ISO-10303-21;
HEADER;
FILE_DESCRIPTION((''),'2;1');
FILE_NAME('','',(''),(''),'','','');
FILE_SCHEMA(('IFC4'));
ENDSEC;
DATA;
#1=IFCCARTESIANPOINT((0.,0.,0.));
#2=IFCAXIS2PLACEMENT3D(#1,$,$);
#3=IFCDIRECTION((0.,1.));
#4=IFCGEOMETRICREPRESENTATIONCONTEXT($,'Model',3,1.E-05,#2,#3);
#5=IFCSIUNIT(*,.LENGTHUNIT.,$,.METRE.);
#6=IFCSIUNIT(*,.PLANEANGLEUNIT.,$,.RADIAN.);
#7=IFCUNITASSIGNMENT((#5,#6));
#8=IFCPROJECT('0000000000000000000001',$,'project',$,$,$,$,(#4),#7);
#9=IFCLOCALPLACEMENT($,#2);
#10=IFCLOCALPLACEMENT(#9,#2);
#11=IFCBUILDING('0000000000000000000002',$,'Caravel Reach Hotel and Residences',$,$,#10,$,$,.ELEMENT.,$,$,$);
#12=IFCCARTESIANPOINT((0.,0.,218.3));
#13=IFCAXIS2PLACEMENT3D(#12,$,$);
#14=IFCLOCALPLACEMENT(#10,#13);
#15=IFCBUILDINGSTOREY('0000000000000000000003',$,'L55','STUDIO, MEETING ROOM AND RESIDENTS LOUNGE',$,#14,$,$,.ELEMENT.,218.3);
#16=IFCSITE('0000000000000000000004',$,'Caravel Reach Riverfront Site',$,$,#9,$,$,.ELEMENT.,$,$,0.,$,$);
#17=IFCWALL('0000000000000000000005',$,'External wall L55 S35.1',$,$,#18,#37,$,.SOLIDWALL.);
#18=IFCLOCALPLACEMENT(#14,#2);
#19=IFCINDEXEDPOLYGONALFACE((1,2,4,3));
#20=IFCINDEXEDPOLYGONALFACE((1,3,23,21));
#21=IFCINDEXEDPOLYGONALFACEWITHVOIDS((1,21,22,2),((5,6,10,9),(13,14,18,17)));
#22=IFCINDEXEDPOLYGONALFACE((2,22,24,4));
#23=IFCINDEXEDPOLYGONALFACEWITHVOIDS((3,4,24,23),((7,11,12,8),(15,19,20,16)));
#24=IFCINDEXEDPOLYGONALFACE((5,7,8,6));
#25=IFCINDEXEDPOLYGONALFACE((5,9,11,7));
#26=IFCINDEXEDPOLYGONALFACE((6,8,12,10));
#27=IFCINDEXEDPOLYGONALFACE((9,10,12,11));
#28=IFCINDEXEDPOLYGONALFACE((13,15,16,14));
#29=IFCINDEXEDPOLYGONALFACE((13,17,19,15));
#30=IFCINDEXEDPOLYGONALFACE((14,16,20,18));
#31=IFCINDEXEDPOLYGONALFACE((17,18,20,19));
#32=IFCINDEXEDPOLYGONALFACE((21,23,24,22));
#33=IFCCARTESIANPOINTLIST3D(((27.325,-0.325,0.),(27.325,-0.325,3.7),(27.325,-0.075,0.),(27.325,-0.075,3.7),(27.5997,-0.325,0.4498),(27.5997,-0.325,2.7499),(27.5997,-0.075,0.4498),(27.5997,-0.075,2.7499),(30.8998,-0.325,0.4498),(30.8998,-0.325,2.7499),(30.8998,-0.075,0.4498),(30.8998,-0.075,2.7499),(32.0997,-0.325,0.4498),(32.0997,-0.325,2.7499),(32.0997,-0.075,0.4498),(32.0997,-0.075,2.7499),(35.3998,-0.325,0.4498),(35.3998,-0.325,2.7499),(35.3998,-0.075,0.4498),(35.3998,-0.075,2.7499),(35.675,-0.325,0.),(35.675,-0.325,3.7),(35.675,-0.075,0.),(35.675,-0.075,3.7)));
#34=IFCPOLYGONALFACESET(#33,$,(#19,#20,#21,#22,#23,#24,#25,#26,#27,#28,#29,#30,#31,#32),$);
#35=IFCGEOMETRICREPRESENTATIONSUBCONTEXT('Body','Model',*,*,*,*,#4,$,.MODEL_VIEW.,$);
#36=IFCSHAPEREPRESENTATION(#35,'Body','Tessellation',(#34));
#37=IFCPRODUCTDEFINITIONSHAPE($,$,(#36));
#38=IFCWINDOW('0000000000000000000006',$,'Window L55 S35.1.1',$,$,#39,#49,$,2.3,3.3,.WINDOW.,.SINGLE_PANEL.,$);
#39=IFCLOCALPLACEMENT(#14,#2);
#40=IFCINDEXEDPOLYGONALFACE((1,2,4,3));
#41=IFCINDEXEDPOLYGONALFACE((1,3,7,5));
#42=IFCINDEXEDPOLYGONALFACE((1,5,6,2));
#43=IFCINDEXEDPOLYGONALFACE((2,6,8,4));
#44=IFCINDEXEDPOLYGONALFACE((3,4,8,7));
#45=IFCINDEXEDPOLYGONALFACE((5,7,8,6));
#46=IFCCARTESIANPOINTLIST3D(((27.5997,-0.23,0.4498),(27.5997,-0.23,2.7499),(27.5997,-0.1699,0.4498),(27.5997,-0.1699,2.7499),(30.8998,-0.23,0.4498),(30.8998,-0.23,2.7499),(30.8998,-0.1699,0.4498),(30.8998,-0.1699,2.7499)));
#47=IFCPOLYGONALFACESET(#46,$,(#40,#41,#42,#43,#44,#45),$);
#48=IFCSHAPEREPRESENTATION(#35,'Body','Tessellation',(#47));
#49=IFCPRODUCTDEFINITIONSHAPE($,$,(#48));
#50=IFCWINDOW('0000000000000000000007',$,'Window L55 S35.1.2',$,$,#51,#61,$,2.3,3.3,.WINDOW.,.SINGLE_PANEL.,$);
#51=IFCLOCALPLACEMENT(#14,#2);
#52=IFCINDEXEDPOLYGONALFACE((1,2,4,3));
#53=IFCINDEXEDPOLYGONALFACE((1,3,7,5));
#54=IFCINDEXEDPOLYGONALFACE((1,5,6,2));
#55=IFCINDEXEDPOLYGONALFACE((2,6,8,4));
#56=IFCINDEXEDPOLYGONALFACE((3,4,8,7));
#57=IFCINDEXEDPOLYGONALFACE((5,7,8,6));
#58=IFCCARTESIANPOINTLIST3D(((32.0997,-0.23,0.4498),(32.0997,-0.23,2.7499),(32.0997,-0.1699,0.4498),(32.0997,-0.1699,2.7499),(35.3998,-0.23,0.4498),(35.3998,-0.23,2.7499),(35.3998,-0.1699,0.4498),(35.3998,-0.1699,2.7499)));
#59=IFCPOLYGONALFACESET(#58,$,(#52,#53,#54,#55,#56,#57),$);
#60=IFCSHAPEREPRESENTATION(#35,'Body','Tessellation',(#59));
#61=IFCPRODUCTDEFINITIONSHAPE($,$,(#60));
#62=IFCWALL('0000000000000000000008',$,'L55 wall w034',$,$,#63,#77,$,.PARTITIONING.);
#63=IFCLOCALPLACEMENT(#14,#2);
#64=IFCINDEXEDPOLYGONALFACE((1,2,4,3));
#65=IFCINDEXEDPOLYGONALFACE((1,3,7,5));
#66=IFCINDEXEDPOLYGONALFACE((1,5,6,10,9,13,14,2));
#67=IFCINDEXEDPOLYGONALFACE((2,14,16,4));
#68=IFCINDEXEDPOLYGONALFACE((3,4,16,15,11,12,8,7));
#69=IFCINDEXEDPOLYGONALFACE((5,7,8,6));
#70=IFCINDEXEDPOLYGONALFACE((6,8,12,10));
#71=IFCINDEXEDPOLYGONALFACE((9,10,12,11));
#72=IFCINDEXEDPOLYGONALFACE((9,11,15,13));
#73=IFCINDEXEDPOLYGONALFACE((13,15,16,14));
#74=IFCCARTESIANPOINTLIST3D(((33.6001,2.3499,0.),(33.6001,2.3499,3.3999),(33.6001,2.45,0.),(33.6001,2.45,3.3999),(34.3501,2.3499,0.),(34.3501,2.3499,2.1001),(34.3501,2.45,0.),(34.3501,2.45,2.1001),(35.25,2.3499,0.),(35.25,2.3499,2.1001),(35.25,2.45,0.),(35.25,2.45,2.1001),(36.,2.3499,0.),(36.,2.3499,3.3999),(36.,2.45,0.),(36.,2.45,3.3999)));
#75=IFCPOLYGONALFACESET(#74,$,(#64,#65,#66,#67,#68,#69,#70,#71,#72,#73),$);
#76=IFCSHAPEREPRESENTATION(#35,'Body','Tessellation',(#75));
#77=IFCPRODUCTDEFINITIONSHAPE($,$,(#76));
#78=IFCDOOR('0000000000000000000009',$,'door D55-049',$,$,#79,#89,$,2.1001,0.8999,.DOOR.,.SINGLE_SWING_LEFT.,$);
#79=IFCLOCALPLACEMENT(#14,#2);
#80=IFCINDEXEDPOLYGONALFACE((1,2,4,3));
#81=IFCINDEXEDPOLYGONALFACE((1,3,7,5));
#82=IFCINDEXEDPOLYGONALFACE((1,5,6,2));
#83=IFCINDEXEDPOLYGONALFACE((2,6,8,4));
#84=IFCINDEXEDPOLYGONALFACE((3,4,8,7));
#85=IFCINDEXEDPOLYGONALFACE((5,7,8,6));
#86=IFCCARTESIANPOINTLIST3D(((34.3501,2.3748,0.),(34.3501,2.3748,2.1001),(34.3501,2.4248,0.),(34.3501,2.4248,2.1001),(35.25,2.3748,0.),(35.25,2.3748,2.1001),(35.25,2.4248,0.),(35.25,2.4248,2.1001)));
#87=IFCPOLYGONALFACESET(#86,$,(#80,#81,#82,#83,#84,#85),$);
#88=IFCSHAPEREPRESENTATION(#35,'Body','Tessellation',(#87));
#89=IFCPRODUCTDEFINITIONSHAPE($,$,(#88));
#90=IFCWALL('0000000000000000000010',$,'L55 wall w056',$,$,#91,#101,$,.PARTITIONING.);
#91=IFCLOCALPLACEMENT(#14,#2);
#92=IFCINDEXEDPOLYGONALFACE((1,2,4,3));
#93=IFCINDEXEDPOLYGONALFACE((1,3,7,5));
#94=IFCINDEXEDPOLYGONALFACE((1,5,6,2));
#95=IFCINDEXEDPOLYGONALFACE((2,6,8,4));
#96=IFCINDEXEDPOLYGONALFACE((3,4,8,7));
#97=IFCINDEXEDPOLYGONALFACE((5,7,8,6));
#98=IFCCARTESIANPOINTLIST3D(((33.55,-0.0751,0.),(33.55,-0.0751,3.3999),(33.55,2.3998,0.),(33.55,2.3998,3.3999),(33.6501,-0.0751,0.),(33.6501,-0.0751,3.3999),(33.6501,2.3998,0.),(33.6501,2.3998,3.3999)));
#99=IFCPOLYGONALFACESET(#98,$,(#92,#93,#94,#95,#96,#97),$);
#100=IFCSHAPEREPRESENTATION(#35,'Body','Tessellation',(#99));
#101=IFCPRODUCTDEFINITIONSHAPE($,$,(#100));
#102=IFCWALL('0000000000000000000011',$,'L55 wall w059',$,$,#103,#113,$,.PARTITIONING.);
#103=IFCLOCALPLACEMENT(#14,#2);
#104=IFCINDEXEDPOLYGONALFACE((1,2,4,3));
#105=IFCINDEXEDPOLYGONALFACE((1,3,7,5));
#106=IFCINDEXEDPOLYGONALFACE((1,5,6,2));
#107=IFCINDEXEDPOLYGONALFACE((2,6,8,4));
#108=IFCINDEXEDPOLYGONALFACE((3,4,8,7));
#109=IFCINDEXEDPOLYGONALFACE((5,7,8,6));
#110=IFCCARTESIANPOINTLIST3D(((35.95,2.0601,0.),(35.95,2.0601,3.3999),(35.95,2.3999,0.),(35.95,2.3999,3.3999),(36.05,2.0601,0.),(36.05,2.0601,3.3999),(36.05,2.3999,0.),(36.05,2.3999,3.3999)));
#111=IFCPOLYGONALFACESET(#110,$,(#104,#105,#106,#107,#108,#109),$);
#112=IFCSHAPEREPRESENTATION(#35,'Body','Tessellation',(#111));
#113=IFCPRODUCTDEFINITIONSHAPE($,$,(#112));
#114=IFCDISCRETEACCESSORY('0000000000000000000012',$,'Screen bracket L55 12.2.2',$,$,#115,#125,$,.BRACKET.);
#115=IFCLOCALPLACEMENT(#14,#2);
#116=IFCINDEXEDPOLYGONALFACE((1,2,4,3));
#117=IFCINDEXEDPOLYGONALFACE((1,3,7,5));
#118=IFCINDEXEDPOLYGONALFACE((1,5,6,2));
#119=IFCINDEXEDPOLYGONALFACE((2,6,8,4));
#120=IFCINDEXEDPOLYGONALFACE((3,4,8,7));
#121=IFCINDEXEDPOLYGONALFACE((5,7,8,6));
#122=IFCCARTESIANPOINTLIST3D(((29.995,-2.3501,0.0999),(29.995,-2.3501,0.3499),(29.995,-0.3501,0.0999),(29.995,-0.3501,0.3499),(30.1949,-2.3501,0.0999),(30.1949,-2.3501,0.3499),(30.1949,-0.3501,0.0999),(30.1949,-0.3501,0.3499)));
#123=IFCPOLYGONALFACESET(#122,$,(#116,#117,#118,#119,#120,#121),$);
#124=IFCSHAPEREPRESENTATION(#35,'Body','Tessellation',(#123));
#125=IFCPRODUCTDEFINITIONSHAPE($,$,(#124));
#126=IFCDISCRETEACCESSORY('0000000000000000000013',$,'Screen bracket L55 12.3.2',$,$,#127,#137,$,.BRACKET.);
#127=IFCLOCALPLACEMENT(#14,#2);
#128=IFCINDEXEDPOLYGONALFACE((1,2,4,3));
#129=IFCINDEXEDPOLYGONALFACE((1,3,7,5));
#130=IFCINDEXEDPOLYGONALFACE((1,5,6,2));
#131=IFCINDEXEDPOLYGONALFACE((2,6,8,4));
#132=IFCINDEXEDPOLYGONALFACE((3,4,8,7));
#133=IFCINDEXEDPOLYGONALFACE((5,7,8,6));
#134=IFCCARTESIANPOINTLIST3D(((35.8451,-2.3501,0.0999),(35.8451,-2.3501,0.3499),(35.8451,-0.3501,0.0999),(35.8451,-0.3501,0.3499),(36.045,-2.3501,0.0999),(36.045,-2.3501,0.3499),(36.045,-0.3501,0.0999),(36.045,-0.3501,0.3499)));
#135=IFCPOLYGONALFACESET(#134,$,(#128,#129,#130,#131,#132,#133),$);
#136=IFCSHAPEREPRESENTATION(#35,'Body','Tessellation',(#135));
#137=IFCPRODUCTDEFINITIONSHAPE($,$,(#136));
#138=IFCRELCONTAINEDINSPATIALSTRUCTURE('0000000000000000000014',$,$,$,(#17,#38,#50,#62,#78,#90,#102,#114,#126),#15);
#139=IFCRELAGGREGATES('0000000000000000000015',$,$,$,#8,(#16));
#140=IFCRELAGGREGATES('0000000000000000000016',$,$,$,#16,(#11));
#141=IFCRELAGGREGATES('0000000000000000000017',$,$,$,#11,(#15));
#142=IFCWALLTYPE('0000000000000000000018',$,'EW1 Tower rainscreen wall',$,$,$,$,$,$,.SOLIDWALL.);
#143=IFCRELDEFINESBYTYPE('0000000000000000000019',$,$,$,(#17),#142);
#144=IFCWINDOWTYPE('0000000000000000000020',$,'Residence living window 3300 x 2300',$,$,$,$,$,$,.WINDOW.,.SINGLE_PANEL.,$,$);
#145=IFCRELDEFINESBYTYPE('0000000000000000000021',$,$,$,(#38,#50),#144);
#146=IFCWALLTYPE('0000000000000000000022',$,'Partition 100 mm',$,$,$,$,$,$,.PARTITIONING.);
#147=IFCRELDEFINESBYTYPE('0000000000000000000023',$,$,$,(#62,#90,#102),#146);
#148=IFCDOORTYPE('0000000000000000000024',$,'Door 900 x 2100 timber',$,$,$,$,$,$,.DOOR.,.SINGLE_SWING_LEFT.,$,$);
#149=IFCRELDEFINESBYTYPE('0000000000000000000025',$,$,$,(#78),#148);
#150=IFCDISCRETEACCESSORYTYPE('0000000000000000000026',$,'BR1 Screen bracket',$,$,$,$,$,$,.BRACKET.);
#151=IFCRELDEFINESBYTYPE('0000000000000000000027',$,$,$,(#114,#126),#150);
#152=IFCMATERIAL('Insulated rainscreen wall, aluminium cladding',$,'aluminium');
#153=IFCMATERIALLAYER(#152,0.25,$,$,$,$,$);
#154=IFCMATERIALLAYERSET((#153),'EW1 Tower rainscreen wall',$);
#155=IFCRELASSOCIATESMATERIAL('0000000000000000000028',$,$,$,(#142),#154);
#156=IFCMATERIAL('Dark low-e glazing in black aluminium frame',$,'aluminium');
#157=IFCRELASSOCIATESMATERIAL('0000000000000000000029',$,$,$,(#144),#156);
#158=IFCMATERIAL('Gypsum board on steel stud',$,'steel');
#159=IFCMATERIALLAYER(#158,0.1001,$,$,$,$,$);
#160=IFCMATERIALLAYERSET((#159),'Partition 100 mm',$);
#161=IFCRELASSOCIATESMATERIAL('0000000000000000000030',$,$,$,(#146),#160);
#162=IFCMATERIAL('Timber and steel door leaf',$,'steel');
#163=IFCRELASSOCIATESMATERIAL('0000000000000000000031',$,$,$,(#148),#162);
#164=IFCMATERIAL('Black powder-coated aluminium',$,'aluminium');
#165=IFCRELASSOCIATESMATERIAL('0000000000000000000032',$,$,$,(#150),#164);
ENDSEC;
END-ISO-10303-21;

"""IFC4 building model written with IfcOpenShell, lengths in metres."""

from ifc_helpers import new_model, si_unit, direction, frame, frame_2d, origin, origin_2d, place, context, subcontext, project, spatial, rectangle, extrude, material, layer, layer_set, type_object, element, fill, save


model = new_model("IFC4")

# Units and contexts
model_context = context("Model", 3, precision=1e-05, world=origin(), true_north=direction((0.0, 1.0)))
body_context = subcontext(model_context, "Body", "Model", "MODEL_VIEW")
ifc_project = project(units=[si_unit("LENGTHUNIT", "METRE"), si_unit("PLANEANGLEUNIT", "RADIAN")], contexts=[model_context])

# Site, building, storey
site_placement = place(None, origin())
site = spatial("IfcSite", under=ifc_project, at=site_placement, Name="Caravel Reach Riverfront Site", CompositionType="ELEMENT", RefElevation=0.0)
building_placement = place(site_placement, origin())
building = spatial("IfcBuilding", under=site, at=building_placement, Name="Caravel Reach Hotel and Residences", CompositionType="ELEMENT")
storey_placement = place(building_placement, frame((0.0, 0.0, 218.3)))
storey = spatial("IfcBuildingStorey", under=building, at=storey_placement, Name="L55", Description="STUDIO, MEETING ROOM AND RESIDENTS LOUNGE", CompositionType="ELEMENT", Elevation=218.3)

# Shared definitions
ifc_material_1 = material(Name="Insulated rainscreen wall, aluminium cladding", Category="aluminium")
ifc_layer_1 = layer(ifc_material_1, 0.25)
ifc_layer_set_1 = layer_set([ifc_layer_1], Name="EW1 Tower rainscreen wall")
wall_type_1 = type_object("IfcWallType", Name="EW1 Tower rainscreen wall", PredefinedType="SOLIDWALL", material=ifc_layer_set_1)

# Wall, openings, windows
wall_1_placement = place(storey_placement, frame((27.325, -0.2, 0.0), z_axis=(0.0, 0.0, 1.0), x_axis=(1.0, 0.0, 0.0)))
wall_1 = element("IfcWall", 1, at=wall_1_placement, inside=storey, type_object=wall_type_1, Name="External wall L55 S35.1", PredefinedType="SOLIDWALL", context=body_context, shape_type="SweptSolid", body=[
    extrude(rectangle(XDim=8.3501, YDim=0.25, at=frame_2d((4.175, 0.0))), origin(), (0.0, 0.0, 1.0), 3.7),
])
opening_1_placement = place(wall_1_placement, frame((0.2749, 0.0, 0.45)))
opening_1 = element("IfcOpeningElement", 2, at=opening_1_placement, cuts=wall_1, PredefinedType="OPENING", context=body_context, shape_type="SweptSolid", body=[
    extrude(rectangle(XDim=3.3, YDim=2.3, at=frame_2d((1.6499, 1.1499))), frame((0.0, 0.135, 0.0), z_axis=(0.0, -1.0, 0.0), x_axis=(1.0, 0.0, 0.0)), (0.0, 0.0, 1.0), 0.27),
])
opening_2_placement = place(wall_1_placement, frame((4.7749, 0.0, 0.45)))
opening_2 = element("IfcOpeningElement", 3, at=opening_2_placement, cuts=wall_1, PredefinedType="OPENING", context=body_context, shape_type="SweptSolid", body=[
    extrude(rectangle(XDim=3.3, YDim=2.3, at=frame_2d((1.6499, 1.1499))), frame((0.0, 0.135, 0.0), z_axis=(0.0, -1.0, 0.0), x_axis=(1.0, 0.0, 0.0)), (0.0, 0.0, 1.0), 0.27),
])
ifc_material_2 = material(Name="Dark low-e glazing in black aluminium frame", Category="aluminium")
window_type_1 = type_object("IfcWindowType", Name="Residence living window 3300 x 2300", PartitioningType="SINGLE_PANEL", PredefinedType="WINDOW", material=ifc_material_2)
window_1_placement = place(opening_1_placement, origin())
window_1 = element("IfcWindow", 4, at=window_1_placement, inside=storey, type_object=window_type_1, Name="Window L55 S35.1.1", OverallHeight=2.3, OverallWidth=3.3, PartitioningType="SINGLE_PANEL", PredefinedType="WINDOW", context=body_context, shape_type="SweptSolid", body=[
    extrude(rectangle(XDim=3.3, YDim=2.3, at=frame_2d((1.6499, 1.1499))), frame((0.0, 0.03, 0.0), z_axis=(0.0, -1.0, 0.0), x_axis=(1.0, 0.0, 0.0)), (0.0, 0.0, 1.0), 0.0601),
])
fill(opening_1, window_1)
window_2_placement = place(opening_2_placement, origin())
window_2 = element("IfcWindow", 5, at=window_2_placement, inside=storey, type_object=window_type_1, Name="Window L55 S35.1.2", OverallHeight=2.3, OverallWidth=3.3, PartitioningType="SINGLE_PANEL", PredefinedType="WINDOW", context=body_context, shape_type="SweptSolid", body=[
    extrude(rectangle(XDim=3.3, YDim=2.3, at=frame_2d((1.6499, 1.1499))), frame((0.0, 0.03, 0.0), z_axis=(0.0, -1.0, 0.0), x_axis=(1.0, 0.0, 0.0)), (0.0, 0.0, 1.0), 0.0601),
])
fill(opening_2, window_2)

# Wall, opening, door
ifc_material_3 = material(Name="Gypsum board on steel stud", Category="steel")
ifc_layer_2 = layer(ifc_material_3, 0.1001)
ifc_layer_set_2 = layer_set([ifc_layer_2], Name="Partition 100 mm")
wall_type_2 = type_object("IfcWallType", Name="Partition 100 mm", PredefinedType="PARTITIONING", material=ifc_layer_set_2)
wall_2_placement = place(storey_placement, frame((33.6001, 2.3999, 0.0), z_axis=(0.0, 0.0, 1.0), x_axis=(1.0, 0.0, 0.0)))
wall_2 = element("IfcWall", 6, at=wall_2_placement, inside=storey, type_object=wall_type_2, Name="L55 wall w034", PredefinedType="PARTITIONING", context=body_context, shape_type="SweptSolid", body=[
    extrude(rectangle(XDim=2.3999, YDim=0.1001, at=frame_2d((1.2, 0.0))), origin(), (0.0, 0.0, 1.0), 3.3999),
])
opening_3_placement = place(wall_2_placement, frame((0.75, 0.0, 0.0)))
opening_3 = element("IfcOpeningElement", 7, at=opening_3_placement, cuts=wall_2, PredefinedType="OPENING", context=body_context, shape_type="SweptSolid", body=[
    extrude(rectangle(XDim=0.8999, YDim=2.1001, at=frame_2d((0.45, 1.05))), frame((0.0, 0.0601, 0.0), z_axis=(0.0, -1.0, 0.0), x_axis=(1.0, 0.0, 0.0)), (0.0, 0.0, 1.0), 0.1201),
])
ifc_material_4 = material(Name="Timber and steel door leaf", Category="steel")
door_type_1 = type_object("IfcDoorType", Name="Door 900 x 2100 timber", OperationType="SINGLE_SWING_LEFT", PredefinedType="DOOR", material=ifc_material_4)
door_1_placement = place(opening_3_placement, origin())
door_1 = element("IfcDoor", 8, at=door_1_placement, inside=storey, type_object=door_type_1, Name="door D55-049", OperationType="SINGLE_SWING_LEFT", OverallHeight=2.1001, OverallWidth=0.8999, PredefinedType="DOOR", context=body_context, shape_type="SweptSolid", body=[
    extrude(rectangle(XDim=0.8999, YDim=2.1001, at=frame_2d((0.45, 1.05))), frame((0.0, 0.0249, 0.0), z_axis=(0.0, -1.0, 0.0), x_axis=(1.0, 0.0, 0.0)), (0.0, 0.0, 1.0), 0.05),
])
fill(opening_3, door_1)

# Walls
wall_3_placement = place(storey_placement, frame((33.6001, -0.075, 0.0), z_axis=(0.0, 0.0, 1.0), x_axis=(0.0, 1.0, 0.0)))
element("IfcWall", 9, at=wall_3_placement, inside=storey, type_object=wall_type_2, Name="L55 wall w056", PredefinedType="PARTITIONING", context=body_context, shape_type="SweptSolid", body=[
    extrude(rectangle(XDim=2.4749, YDim=0.1001, at=frame_2d((1.2373, 0.0))), origin(), (0.0, 0.0, 1.0), 3.3999),
])
wall_4_placement = place(storey_placement, frame((36.0, 2.0601, 0.0), z_axis=(0.0, 0.0, 1.0), x_axis=(0.0, 1.0, 0.0)))
element("IfcWall", 10, at=wall_4_placement, inside=storey, type_object=wall_type_2, Name="L55 wall w059", PredefinedType="PARTITIONING", context=body_context, shape_type="SweptSolid", body=[
    extrude(rectangle(XDim=0.3398, YDim=0.1001, at=frame_2d((0.1699, 0.0))), origin(), (0.0, 0.0, 1.0), 3.3999),
])

# Discrete accessories
ifc_material_5 = material(Name="Black powder-coated aluminium", Category="aluminium")
discrete_accessory_type = type_object("IfcDiscreteAccessoryType", Name="BR1 Screen bracket", PredefinedType="BRACKET", material=ifc_material_5)
for number, where, z_axis, x_axis, name in (
    (11, (30.095, -1.3501, 0.0999), (0.0, 0.0, 1.0), (0.0, -1.0, 0.0), "Screen bracket L55 12.2.2"),
    (12, (35.9451, -1.3501, 0.0999), (0.0, 0.0, 1.0), (0.0, -1.0, 0.0), "Screen bracket L55 12.3.2"),
):
    element("IfcDiscreteAccessory", number, at=place(storey_placement, frame(where, z_axis=z_axis, x_axis=x_axis)), inside=storey, type_object=discrete_accessory_type, Name=name, PredefinedType="BRACKET", context=body_context, shape_type="SweptSolid", body=[
        extrude(rectangle(XDim=2.0, YDim=0.2, at=origin_2d()), origin(), (0.0, 0.0, 1.0), 0.25),
    ])

save(model, "model.ifc")
